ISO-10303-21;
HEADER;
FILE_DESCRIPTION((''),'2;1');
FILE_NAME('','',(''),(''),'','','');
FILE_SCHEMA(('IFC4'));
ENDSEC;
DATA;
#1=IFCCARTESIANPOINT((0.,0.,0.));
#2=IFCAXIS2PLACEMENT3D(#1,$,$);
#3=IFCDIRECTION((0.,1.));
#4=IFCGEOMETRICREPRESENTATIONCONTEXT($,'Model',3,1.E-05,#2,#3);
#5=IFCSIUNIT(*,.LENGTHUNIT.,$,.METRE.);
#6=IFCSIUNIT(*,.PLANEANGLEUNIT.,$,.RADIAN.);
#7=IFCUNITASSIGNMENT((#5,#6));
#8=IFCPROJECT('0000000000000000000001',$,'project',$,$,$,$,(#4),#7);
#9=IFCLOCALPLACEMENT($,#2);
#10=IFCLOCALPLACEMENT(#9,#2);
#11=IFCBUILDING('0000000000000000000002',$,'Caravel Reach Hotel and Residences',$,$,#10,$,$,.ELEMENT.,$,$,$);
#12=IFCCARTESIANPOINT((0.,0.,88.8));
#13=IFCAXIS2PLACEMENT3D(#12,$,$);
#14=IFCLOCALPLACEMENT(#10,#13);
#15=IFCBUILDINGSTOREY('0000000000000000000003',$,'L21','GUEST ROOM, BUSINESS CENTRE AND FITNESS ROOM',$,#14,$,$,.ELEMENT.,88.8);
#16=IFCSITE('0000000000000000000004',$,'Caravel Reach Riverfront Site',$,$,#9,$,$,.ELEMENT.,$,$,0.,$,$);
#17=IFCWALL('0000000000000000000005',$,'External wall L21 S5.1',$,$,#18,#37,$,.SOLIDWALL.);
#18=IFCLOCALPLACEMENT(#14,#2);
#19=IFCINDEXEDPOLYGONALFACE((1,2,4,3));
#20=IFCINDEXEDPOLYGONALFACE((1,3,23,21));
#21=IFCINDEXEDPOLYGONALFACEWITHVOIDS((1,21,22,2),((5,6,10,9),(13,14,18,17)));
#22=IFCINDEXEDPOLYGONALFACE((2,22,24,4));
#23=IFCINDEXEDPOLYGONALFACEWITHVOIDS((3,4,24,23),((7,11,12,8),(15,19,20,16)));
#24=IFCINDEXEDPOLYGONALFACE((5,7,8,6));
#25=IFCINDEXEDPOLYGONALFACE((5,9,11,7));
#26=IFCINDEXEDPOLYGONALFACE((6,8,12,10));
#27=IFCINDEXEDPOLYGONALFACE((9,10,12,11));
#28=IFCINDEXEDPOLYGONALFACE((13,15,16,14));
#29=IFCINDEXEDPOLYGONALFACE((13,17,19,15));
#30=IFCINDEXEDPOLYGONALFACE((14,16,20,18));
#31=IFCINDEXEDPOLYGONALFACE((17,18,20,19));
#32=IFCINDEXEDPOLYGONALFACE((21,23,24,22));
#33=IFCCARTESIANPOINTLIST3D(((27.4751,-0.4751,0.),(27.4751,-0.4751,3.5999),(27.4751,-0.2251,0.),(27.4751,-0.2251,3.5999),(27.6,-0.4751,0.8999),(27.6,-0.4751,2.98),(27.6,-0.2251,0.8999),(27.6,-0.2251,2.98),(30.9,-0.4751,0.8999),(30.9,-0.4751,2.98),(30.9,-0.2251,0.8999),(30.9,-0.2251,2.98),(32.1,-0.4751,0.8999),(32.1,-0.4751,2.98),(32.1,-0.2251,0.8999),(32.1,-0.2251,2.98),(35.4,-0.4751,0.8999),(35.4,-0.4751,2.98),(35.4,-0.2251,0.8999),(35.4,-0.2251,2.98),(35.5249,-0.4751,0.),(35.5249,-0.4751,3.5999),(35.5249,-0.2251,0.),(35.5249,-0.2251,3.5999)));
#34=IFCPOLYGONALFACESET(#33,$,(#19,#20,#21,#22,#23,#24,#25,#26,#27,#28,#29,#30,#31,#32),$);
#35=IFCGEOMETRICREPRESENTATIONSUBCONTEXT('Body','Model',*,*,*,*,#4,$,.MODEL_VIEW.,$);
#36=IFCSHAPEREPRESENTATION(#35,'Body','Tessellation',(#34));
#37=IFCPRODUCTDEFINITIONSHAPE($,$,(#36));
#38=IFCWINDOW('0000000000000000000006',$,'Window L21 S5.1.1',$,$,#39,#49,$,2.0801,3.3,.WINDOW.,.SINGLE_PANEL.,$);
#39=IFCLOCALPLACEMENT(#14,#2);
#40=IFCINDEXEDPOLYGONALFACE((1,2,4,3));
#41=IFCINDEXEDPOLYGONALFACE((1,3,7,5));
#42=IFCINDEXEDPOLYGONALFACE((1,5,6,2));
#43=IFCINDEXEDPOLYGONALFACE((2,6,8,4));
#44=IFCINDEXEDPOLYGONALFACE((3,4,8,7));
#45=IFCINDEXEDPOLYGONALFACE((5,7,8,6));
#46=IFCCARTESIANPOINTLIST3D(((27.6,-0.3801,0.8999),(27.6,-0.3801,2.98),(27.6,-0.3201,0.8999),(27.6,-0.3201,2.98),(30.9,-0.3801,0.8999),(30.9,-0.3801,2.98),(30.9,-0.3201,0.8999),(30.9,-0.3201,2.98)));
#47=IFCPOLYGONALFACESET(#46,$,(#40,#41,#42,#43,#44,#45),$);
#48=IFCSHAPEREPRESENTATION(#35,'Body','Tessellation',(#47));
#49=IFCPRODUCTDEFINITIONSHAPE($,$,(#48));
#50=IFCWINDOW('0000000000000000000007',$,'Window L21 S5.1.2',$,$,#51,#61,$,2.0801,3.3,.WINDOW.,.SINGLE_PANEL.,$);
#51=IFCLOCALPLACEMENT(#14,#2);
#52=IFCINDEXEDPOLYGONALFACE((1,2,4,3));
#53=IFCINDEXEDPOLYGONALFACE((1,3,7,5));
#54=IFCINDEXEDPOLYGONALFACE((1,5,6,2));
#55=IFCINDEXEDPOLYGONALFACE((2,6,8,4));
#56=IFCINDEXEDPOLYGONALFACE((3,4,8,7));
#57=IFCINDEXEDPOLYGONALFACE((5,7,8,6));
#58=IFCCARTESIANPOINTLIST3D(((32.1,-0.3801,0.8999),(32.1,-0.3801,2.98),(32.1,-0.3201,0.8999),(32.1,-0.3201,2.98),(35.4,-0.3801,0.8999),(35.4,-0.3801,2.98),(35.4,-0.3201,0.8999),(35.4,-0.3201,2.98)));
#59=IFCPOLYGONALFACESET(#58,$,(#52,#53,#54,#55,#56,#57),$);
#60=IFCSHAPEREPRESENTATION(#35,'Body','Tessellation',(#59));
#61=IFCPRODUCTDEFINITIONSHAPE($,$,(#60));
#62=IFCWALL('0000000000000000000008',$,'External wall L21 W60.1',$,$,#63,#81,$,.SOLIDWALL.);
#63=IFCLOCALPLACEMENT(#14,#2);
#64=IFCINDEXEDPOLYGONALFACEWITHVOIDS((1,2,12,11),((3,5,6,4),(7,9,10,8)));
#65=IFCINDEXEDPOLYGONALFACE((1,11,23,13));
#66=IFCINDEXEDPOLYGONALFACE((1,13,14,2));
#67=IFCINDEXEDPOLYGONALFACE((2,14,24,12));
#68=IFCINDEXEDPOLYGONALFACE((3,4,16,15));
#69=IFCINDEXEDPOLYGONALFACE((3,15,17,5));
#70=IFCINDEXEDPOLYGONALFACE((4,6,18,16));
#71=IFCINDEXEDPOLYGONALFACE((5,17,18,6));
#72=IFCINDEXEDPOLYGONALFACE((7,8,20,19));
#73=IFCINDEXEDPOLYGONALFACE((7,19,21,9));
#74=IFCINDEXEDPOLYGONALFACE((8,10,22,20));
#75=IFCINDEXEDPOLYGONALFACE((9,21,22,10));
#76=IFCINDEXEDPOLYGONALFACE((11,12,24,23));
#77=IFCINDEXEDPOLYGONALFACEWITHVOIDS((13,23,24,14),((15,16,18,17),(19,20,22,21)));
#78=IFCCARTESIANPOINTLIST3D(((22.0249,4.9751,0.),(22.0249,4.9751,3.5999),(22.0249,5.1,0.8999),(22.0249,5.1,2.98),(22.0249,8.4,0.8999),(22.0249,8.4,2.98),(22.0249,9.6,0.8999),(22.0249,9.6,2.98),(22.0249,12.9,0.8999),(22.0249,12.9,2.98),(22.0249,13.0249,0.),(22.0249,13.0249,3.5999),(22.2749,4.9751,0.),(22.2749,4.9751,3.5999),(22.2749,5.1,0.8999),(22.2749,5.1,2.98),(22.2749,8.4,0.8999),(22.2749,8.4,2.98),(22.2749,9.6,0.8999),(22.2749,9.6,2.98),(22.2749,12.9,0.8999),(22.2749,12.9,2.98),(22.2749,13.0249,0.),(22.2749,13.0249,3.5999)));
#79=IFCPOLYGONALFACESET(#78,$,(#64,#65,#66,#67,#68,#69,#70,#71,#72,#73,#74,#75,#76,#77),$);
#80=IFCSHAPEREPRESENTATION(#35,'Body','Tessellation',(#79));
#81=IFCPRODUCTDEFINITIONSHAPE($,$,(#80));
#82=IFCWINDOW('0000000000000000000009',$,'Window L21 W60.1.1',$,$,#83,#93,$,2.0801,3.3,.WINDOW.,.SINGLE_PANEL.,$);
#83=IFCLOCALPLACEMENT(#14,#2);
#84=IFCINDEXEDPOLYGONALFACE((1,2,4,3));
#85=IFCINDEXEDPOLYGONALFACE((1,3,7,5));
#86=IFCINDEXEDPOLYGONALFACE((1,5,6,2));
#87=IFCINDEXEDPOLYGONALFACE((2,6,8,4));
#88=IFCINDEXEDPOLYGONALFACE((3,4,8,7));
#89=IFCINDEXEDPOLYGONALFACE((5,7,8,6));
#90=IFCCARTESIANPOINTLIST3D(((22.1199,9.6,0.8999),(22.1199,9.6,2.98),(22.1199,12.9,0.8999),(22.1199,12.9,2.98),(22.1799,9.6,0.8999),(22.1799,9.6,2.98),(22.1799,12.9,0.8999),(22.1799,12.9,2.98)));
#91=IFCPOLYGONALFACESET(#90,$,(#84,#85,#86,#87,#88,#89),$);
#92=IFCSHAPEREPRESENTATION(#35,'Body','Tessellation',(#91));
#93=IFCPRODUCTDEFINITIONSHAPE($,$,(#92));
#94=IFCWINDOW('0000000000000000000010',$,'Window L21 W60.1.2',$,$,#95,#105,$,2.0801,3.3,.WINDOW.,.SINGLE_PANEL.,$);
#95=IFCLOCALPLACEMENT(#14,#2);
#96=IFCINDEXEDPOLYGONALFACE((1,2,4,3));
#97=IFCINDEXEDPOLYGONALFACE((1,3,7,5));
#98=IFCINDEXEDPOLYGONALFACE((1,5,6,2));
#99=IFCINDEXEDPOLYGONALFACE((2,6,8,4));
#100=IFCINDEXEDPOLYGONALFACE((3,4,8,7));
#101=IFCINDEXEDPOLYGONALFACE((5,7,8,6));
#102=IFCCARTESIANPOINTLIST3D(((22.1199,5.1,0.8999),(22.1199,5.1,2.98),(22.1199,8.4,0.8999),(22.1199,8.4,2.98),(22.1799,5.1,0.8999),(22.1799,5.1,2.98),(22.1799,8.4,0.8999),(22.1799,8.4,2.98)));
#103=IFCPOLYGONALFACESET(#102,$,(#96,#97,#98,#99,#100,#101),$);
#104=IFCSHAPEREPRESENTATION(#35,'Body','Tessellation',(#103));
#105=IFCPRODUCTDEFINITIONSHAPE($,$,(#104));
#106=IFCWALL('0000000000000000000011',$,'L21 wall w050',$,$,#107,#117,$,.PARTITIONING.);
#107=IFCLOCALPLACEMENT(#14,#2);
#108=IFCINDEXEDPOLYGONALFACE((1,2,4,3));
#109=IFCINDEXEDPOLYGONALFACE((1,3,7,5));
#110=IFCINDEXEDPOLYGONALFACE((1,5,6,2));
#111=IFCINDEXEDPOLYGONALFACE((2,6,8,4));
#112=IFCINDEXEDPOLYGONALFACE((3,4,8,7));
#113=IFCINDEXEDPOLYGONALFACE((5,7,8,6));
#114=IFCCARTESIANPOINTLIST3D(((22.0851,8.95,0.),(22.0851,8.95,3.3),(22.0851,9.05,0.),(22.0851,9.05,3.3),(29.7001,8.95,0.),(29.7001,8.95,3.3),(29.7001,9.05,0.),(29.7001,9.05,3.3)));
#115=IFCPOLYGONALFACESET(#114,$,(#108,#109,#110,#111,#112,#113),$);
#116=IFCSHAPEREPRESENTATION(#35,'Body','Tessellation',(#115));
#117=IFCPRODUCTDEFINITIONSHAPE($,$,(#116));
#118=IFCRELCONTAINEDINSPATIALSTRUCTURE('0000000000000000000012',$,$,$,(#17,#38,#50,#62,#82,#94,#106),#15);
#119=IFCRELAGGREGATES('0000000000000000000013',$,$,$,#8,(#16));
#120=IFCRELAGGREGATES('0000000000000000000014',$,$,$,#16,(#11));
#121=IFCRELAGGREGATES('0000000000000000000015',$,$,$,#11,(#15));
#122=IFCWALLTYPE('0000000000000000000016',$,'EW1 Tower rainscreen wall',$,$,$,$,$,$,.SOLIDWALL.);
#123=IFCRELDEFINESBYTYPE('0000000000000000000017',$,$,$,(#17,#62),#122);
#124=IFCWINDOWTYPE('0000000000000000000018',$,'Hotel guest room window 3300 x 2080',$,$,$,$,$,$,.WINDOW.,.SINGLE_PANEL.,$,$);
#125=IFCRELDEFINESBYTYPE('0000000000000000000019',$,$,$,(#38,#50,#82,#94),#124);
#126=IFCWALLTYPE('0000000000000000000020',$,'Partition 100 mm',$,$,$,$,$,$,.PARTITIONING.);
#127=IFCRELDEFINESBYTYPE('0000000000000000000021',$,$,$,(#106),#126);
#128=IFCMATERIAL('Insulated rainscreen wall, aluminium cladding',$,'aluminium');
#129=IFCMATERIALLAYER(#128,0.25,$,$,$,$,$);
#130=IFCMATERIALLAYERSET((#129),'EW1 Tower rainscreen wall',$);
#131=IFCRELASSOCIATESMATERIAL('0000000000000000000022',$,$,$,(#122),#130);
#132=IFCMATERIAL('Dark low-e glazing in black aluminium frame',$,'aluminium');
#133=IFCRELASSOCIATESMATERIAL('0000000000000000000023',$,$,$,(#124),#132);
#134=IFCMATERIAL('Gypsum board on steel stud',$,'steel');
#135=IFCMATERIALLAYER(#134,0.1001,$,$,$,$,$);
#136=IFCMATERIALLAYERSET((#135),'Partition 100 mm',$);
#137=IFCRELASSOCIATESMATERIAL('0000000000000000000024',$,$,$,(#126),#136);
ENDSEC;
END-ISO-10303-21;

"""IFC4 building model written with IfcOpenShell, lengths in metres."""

from ifc_helpers import new_model, si_unit, direction, frame, frame_2d, origin, place, context, subcontext, project, spatial, rectangle, extrude, material, layer, layer_set, type_object, element, fill, save


model = new_model("IFC4")

# Units and contexts
model_context = context("Model", 3, precision=1e-05, world=origin(), true_north=direction((0.0, 1.0)))
body_context = subcontext(model_context, "Body", "Model", "MODEL_VIEW")
ifc_project = project(units=[si_unit("LENGTHUNIT", "METRE"), si_unit("PLANEANGLEUNIT", "RADIAN")], contexts=[model_context])

# Site, building, storey
site_placement = place(None, origin())
site = spatial("IfcSite", under=ifc_project, at=site_placement, Name="Caravel Reach Riverfront Site", CompositionType="ELEMENT", RefElevation=0.0)
building_placement = place(site_placement, origin())
building = spatial("IfcBuilding", under=site, at=building_placement, Name="Caravel Reach Hotel and Residences", CompositionType="ELEMENT")
storey_placement = place(building_placement, frame((0.0, 0.0, 88.8)))
storey = spatial("IfcBuildingStorey", under=building, at=storey_placement, Name="L21", Description="GUEST ROOM, BUSINESS CENTRE AND FITNESS ROOM", CompositionType="ELEMENT", Elevation=88.8)

# Shared definitions
ifc_material_1 = material(Name="Insulated rainscreen wall, aluminium cladding", Category="aluminium")
ifc_layer_1 = layer(ifc_material_1, 0.25)
ifc_layer_set_1 = layer_set([ifc_layer_1], Name="EW1 Tower rainscreen wall")
wall_type_1 = type_object("IfcWallType", Name="EW1 Tower rainscreen wall", PredefinedType="SOLIDWALL", material=ifc_layer_set_1)

# Walls, openings, windows
wall_1_placement = place(storey_placement, frame((27.4751, -0.3501, 0.0), z_axis=(0.0, 0.0, 1.0), x_axis=(1.0, 0.0, 0.0)))
wall_1 = element("IfcWall", 1, at=wall_1_placement, inside=storey, type_object=wall_type_1, Name="External wall L21 S5.1", PredefinedType="SOLIDWALL", context=body_context, shape_type="SweptSolid", body=[
    extrude(rectangle(XDim=8.0498, YDim=0.25, at=frame_2d((4.0249, 0.0))), origin(), (0.0, 0.0, 1.0), 3.5999),
])
opening_1_placement = place(wall_1_placement, frame((0.125, 0.0, 0.8999)))
opening_1 = element("IfcOpeningElement", 2, at=opening_1_placement, cuts=wall_1, PredefinedType="OPENING", context=body_context, shape_type="SweptSolid", body=[
    extrude(rectangle(XDim=3.3, YDim=2.0801, at=frame_2d((1.6499, 1.04))), frame((0.0, 0.135, 0.0), z_axis=(0.0, -1.0, 0.0), x_axis=(1.0, 0.0, 0.0)), (0.0, 0.0, 1.0), 0.27),
])
opening_2_placement = place(wall_1_placement, frame((4.625, 0.0, 0.8999)))
opening_2 = element("IfcOpeningElement", 3, at=opening_2_placement, cuts=wall_1, PredefinedType="OPENING", context=body_context, shape_type="SweptSolid", body=[
    extrude(rectangle(XDim=3.3, YDim=2.0801, at=frame_2d((1.6499, 1.04))), frame((0.0, 0.135, 0.0), z_axis=(0.0, -1.0, 0.0), x_axis=(1.0, 0.0, 0.0)), (0.0, 0.0, 1.0), 0.27),
])
ifc_material_2 = material(Name="Dark low-e glazing in black aluminium frame", Category="aluminium")
window_type_1 = type_object("IfcWindowType", Name="Hotel guest room window 3300 x 2080", PartitioningType="SINGLE_PANEL", PredefinedType="WINDOW", material=ifc_material_2)
window_1_placement = place(opening_1_placement, origin())
window_1 = element("IfcWindow", 4, at=window_1_placement, inside=storey, type_object=window_type_1, Name="Window L21 S5.1.1", OverallHeight=2.0801, OverallWidth=3.3, PartitioningType="SINGLE_PANEL", PredefinedType="WINDOW", context=body_context, shape_type="SweptSolid", body=[
    extrude(rectangle(XDim=3.3, YDim=2.0801, at=frame_2d((1.6499, 1.04))), frame((0.0, 0.03, 0.0), z_axis=(0.0, -1.0, 0.0), x_axis=(1.0, 0.0, 0.0)), (0.0, 0.0, 1.0), 0.0601),
])
fill(opening_1, window_1)
window_2_placement = place(opening_2_placement, origin())
window_2 = element("IfcWindow", 5, at=window_2_placement, inside=storey, type_object=window_type_1, Name="Window L21 S5.1.2", OverallHeight=2.0801, OverallWidth=3.3, PartitioningType="SINGLE_PANEL", PredefinedType="WINDOW", context=body_context, shape_type="SweptSolid", body=[
    extrude(rectangle(XDim=3.3, YDim=2.0801, at=frame_2d((1.6499, 1.04))), frame((0.0, 0.03, 0.0), z_axis=(0.0, -1.0, 0.0), x_axis=(1.0, 0.0, 0.0)), (0.0, 0.0, 1.0), 0.0601),
])
fill(opening_2, window_2)
wall_2_placement = place(storey_placement, frame((22.1499, 13.0249, 0.0), z_axis=(0.0, 0.0, 1.0), x_axis=(0.0, -1.0, 0.0)))
wall_2 = element("IfcWall", 6, at=wall_2_placement, inside=storey, type_object=wall_type_1, Name="External wall L21 W60.1", PredefinedType="SOLIDWALL", context=body_context, shape_type="SweptSolid", body=[
    extrude(rectangle(XDim=8.0498, YDim=0.25, at=frame_2d((4.0249, 0.0))), origin(), (0.0, 0.0, 1.0), 3.5999),
])
opening_3_placement = place(wall_2_placement, frame((0.125, 0.0, 0.8999)))
opening_3 = element("IfcOpeningElement", 7, at=opening_3_placement, cuts=wall_2, PredefinedType="OPENING", context=body_context, shape_type="SweptSolid", body=[
    extrude(rectangle(XDim=3.3, YDim=2.0801, at=frame_2d((1.6499, 1.04))), frame((0.0, 0.135, 0.0), z_axis=(0.0, -1.0, 0.0), x_axis=(1.0, 0.0, 0.0)), (0.0, 0.0, 1.0), 0.27),
])
opening_4_placement = place(wall_2_placement, frame((4.625, 0.0, 0.8999)))
opening_4 = element("IfcOpeningElement", 8, at=opening_4_placement, cuts=wall_2, PredefinedType="OPENING", context=body_context, shape_type="SweptSolid", body=[
    extrude(rectangle(XDim=3.3, YDim=2.0801, at=frame_2d((1.6499, 1.04))), frame((0.0, 0.135, 0.0), z_axis=(0.0, -1.0, 0.0), x_axis=(1.0, 0.0, 0.0)), (0.0, 0.0, 1.0), 0.27),
])
window_3_placement = place(opening_3_placement, origin())
window_3 = element("IfcWindow", 9, at=window_3_placement, inside=storey, type_object=window_type_1, Name="Window L21 W60.1.1", OverallHeight=2.0801, OverallWidth=3.3, PartitioningType="SINGLE_PANEL", PredefinedType="WINDOW", context=body_context, shape_type="SweptSolid", body=[
    extrude(rectangle(XDim=3.3, YDim=2.0801, at=frame_2d((1.6499, 1.04))), frame((0.0, 0.03, 0.0), z_axis=(0.0, -1.0, 0.0), x_axis=(1.0, 0.0, 0.0)), (0.0, 0.0, 1.0), 0.0601),
])
fill(opening_3, window_3)
window_4_placement = place(opening_4_placement, origin())
window_4 = element("IfcWindow", 10, at=window_4_placement, inside=storey, type_object=window_type_1, Name="Window L21 W60.1.2", OverallHeight=2.0801, OverallWidth=3.3, PartitioningType="SINGLE_PANEL", PredefinedType="WINDOW", context=body_context, shape_type="SweptSolid", body=[
    extrude(rectangle(XDim=3.3, YDim=2.0801, at=frame_2d((1.6499, 1.04))), frame((0.0, 0.03, 0.0), z_axis=(0.0, -1.0, 0.0), x_axis=(1.0, 0.0, 0.0)), (0.0, 0.0, 1.0), 0.0601),
])
fill(opening_4, window_4)

# Wall
ifc_material_3 = material(Name="Gypsum board on steel stud", Category="steel")
ifc_layer_2 = layer(ifc_material_3, 0.1001)
ifc_layer_set_2 = layer_set([ifc_layer_2], Name="Partition 100 mm")
wall_type_2 = type_object("IfcWallType", Name="Partition 100 mm", PredefinedType="PARTITIONING", material=ifc_layer_set_2)
wall_3_placement = place(storey_placement, frame((22.085, 9.0, 0.0), z_axis=(0.0, 0.0, 1.0), x_axis=(1.0, 0.0, 0.0)))
element("IfcWall", 11, at=wall_3_placement, inside=storey, type_object=wall_type_2, Name="L21 wall w050", PredefinedType="PARTITIONING", context=body_context, shape_type="SweptSolid", body=[
    extrude(rectangle(XDim=7.615, YDim=0.1001, at=frame_2d((3.8076, 0.0))), origin(), (0.0, 0.0, 1.0), 3.3),
])

save(model, "model.ifc")
